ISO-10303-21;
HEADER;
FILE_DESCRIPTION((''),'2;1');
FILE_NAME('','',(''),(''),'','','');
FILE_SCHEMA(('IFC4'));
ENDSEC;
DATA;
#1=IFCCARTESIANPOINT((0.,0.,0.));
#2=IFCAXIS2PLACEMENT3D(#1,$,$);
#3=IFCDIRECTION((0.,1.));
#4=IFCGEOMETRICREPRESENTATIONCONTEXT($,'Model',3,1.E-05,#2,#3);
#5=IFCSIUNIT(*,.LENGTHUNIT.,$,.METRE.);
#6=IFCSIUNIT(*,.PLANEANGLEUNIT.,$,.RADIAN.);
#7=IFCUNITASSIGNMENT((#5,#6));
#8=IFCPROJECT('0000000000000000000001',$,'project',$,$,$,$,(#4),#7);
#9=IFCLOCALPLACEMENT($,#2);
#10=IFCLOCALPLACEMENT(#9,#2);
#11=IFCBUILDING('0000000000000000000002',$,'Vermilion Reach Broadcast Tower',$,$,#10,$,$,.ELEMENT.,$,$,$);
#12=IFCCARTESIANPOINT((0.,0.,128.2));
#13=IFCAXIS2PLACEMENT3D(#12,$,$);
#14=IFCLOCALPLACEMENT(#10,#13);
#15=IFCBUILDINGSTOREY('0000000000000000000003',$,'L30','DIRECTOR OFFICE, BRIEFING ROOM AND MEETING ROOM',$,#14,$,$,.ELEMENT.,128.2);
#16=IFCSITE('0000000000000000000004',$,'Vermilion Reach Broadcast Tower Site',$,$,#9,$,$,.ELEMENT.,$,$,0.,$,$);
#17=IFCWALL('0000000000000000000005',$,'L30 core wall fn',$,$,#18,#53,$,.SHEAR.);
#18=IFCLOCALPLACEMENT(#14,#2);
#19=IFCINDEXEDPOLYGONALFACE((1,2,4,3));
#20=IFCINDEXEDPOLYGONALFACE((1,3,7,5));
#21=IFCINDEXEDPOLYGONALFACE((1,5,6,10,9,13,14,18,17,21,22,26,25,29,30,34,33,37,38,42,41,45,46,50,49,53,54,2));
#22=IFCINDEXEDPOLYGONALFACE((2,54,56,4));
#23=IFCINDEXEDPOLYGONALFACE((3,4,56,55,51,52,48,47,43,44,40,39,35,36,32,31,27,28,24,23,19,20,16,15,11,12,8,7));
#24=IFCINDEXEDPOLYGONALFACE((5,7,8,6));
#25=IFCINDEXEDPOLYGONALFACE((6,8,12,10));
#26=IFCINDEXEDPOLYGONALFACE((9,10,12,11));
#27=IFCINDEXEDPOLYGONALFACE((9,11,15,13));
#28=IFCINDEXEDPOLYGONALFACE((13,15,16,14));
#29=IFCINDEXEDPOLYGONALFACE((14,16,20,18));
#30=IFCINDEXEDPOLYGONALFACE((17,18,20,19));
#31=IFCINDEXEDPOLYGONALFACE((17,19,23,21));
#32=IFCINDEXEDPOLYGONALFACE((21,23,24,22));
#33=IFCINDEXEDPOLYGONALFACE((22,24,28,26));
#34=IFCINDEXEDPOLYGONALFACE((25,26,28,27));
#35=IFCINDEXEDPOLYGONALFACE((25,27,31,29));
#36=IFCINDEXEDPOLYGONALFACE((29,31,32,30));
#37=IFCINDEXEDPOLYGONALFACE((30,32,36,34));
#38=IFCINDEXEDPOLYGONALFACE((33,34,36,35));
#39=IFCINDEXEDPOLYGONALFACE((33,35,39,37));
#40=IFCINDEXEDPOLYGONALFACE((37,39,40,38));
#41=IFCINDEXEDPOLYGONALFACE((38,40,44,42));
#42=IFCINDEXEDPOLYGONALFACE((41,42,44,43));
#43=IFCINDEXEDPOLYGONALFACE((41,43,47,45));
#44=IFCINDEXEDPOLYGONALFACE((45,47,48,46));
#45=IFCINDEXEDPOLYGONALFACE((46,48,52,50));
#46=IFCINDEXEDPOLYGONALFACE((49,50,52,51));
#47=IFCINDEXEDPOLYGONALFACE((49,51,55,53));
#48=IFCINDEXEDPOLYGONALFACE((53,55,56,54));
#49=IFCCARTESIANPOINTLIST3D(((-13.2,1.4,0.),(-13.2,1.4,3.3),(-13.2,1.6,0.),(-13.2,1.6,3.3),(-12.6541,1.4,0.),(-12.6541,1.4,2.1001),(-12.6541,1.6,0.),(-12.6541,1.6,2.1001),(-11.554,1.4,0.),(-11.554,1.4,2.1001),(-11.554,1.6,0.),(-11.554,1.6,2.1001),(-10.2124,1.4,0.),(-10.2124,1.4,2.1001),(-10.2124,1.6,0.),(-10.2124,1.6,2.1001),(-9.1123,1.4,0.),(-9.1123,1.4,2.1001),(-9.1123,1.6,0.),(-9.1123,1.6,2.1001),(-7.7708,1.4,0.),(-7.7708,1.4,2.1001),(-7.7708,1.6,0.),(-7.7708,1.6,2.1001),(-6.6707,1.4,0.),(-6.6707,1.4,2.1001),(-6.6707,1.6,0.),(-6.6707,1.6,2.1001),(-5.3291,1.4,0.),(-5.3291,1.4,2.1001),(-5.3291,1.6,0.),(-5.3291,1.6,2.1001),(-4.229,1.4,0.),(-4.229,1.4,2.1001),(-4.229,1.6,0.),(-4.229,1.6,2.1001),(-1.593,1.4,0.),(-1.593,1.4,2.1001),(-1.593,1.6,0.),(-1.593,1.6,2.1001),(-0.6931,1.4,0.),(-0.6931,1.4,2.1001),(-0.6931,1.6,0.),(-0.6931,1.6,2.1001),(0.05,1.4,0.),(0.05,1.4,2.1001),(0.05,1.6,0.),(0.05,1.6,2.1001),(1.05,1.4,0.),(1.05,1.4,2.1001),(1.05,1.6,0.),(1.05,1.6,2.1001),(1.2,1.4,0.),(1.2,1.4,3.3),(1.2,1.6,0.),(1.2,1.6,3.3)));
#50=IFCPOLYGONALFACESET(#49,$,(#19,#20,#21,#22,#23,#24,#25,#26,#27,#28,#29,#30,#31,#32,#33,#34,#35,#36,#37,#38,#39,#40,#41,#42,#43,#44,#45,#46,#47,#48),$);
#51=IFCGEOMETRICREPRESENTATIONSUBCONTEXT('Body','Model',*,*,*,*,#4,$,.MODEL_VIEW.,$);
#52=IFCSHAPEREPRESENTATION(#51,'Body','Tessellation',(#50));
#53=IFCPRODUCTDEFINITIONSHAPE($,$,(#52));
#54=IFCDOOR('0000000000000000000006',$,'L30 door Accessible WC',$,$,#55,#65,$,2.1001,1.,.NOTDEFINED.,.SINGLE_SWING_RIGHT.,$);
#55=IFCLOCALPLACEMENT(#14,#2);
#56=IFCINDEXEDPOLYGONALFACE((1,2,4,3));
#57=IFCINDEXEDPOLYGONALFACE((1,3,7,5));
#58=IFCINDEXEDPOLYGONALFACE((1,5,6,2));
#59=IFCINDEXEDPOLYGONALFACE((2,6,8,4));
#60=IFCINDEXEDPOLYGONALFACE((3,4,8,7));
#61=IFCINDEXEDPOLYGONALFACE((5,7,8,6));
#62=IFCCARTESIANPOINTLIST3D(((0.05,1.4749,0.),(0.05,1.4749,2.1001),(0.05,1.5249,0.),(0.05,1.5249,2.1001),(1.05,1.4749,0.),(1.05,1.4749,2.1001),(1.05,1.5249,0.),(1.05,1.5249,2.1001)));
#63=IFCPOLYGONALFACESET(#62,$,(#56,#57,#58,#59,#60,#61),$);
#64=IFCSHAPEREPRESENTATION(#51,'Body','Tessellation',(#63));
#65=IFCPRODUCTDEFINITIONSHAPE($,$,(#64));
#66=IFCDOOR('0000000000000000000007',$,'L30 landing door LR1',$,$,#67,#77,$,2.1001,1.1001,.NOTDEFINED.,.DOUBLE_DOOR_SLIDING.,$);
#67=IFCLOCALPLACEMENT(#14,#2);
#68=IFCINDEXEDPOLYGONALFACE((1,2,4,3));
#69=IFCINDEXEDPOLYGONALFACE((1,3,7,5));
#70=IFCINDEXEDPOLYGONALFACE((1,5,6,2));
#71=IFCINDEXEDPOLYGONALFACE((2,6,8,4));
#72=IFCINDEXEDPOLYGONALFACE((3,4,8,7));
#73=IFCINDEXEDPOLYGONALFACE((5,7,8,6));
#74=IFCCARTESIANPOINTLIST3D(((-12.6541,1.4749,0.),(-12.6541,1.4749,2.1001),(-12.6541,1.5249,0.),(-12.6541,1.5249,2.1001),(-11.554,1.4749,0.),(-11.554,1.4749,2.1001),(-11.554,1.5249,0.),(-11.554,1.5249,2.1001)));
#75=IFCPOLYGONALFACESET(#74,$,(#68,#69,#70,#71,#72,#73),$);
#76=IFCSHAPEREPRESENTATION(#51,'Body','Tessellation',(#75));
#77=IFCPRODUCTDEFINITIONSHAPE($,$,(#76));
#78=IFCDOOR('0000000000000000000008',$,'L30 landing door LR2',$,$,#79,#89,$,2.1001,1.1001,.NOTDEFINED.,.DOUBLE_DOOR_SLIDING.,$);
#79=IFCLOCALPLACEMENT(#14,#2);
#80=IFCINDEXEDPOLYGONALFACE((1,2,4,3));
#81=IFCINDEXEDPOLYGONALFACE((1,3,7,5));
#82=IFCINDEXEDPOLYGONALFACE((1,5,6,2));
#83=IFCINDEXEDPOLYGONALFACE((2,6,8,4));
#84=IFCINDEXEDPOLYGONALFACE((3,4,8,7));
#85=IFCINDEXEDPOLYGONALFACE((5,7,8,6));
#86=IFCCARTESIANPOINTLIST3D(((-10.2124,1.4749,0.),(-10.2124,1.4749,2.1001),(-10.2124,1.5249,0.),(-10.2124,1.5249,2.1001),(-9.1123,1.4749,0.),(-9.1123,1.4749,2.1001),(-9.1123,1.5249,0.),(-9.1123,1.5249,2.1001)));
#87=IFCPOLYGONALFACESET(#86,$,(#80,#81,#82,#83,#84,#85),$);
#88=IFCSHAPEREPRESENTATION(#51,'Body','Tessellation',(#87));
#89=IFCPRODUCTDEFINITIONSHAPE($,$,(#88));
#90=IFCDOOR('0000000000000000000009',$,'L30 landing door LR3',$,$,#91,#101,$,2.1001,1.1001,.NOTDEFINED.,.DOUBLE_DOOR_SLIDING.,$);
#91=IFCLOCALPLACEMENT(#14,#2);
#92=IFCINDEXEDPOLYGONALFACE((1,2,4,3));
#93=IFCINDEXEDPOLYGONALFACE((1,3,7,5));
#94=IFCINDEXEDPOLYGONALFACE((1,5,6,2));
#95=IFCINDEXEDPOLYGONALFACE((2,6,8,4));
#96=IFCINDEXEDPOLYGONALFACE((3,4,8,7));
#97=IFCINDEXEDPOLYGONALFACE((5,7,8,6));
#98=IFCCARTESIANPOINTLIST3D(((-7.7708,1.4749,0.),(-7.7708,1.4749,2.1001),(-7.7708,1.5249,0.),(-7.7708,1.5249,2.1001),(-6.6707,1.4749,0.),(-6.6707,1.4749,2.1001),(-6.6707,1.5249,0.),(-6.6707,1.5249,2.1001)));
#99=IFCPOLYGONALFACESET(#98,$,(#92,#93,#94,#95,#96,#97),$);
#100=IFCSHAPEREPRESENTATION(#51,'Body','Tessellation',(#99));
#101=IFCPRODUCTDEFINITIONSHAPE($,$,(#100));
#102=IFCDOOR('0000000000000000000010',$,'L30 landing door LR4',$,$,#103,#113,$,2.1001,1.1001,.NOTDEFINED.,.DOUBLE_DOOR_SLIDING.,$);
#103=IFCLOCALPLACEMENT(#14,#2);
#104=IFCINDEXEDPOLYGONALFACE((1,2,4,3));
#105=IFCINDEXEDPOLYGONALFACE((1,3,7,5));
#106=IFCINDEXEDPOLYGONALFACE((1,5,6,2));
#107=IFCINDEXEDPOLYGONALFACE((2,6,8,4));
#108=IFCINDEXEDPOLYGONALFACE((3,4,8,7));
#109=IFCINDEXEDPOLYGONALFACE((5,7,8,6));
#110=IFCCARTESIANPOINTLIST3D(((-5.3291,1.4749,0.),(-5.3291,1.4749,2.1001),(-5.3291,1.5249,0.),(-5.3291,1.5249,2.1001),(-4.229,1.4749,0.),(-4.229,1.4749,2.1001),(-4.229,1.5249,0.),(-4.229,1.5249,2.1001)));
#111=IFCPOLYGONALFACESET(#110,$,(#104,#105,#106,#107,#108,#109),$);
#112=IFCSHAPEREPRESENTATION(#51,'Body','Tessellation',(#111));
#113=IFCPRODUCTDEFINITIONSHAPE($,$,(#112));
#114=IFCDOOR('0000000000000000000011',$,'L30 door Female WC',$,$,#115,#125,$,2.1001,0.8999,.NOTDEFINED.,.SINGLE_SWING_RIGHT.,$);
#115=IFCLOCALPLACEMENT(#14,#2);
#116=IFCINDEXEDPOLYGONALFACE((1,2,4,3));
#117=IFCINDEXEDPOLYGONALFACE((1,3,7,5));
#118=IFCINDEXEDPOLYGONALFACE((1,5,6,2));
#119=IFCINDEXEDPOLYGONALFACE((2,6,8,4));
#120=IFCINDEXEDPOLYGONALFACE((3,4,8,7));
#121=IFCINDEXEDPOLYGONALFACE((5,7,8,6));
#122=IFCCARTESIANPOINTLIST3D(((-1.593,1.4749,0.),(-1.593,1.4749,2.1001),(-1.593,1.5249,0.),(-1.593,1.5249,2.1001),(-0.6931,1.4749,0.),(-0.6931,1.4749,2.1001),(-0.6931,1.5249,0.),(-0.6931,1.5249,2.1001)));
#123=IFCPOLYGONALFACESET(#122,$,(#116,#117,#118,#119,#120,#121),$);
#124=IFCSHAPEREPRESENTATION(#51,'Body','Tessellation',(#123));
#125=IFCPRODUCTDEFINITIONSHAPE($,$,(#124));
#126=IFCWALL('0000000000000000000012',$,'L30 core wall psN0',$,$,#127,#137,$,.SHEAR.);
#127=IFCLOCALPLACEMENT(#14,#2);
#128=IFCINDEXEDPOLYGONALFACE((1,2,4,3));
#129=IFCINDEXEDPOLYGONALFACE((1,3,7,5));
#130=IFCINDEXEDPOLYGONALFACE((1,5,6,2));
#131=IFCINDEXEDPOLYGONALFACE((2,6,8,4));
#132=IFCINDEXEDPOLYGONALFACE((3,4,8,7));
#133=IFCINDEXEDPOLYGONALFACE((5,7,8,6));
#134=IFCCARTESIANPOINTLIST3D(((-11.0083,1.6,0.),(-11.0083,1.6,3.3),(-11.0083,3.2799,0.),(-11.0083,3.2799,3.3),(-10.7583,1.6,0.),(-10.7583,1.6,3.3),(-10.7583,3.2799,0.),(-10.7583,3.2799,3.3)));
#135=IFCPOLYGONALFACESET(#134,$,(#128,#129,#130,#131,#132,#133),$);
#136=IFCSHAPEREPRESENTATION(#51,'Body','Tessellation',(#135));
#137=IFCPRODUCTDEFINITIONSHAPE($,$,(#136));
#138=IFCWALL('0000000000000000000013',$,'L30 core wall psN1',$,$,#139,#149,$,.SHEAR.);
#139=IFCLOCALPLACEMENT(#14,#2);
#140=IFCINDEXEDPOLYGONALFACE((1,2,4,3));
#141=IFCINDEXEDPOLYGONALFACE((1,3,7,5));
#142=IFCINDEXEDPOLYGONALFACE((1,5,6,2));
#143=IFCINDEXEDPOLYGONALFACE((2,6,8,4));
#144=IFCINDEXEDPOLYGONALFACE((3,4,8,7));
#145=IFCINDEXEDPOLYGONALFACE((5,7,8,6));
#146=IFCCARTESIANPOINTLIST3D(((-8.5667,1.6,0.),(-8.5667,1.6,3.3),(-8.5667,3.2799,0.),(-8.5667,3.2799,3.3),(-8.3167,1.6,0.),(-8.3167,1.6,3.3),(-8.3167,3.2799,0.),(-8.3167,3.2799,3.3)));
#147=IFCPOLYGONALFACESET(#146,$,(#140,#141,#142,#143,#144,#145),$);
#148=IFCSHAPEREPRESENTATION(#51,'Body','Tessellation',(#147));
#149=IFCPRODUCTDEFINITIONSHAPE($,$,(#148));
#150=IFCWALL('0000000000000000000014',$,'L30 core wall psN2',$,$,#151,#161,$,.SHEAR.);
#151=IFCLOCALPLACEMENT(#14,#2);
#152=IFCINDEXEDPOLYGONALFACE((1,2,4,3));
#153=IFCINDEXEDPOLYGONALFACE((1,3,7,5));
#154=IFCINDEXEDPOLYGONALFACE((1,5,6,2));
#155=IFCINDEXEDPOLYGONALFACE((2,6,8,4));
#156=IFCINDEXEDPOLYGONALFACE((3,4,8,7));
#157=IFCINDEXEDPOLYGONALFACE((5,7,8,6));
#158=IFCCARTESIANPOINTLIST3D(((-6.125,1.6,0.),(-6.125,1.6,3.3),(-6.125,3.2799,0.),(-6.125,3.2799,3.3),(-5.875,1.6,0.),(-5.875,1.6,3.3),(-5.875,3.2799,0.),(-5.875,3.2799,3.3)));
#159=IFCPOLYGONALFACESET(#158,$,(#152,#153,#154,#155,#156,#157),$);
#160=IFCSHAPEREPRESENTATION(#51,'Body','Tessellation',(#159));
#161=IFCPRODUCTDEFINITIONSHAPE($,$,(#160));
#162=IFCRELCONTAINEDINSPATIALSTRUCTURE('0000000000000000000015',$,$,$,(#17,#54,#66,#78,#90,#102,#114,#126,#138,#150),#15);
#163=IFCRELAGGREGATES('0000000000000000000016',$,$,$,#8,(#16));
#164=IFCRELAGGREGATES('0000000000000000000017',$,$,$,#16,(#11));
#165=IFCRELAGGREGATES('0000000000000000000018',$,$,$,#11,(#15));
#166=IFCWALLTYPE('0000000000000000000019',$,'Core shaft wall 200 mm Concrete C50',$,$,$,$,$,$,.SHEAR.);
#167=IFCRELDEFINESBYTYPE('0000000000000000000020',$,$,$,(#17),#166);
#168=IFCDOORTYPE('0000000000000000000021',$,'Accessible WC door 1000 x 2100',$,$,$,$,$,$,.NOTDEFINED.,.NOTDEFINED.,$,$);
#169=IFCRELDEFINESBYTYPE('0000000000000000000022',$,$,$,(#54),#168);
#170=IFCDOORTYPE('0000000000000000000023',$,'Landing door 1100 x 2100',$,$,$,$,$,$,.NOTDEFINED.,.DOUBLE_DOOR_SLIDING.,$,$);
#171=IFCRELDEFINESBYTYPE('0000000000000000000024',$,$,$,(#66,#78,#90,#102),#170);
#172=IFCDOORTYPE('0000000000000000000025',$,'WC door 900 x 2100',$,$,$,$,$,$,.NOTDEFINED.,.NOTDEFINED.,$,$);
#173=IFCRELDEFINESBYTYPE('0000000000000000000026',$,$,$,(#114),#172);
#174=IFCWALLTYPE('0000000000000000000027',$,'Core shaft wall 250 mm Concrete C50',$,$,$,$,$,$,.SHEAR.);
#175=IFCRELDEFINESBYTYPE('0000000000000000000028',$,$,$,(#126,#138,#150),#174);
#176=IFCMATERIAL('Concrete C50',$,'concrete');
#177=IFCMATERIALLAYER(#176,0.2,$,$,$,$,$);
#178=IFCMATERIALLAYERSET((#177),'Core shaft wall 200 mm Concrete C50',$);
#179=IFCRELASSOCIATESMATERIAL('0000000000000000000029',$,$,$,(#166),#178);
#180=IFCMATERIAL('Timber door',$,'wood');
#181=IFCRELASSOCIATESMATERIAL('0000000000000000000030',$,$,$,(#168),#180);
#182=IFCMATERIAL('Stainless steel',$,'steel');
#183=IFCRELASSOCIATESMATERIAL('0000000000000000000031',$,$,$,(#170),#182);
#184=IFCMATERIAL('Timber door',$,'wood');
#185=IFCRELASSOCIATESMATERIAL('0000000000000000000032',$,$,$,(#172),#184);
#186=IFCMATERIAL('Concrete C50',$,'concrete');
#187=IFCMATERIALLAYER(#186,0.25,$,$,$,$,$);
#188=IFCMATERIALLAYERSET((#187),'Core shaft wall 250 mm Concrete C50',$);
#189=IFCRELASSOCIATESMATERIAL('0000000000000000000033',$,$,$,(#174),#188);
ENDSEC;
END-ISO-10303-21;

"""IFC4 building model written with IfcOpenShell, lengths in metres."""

from ifc_helpers import new_model, si_unit, direction, frame, frame_2d, origin, place, context, subcontext, project, spatial, rectangle, extrude, material, layer, layer_set, type_object, element, fill, save


model = new_model("IFC4")

# Units and contexts
model_context = context("Model", 3, precision=1e-05, world=origin(), true_north=direction((0.0, 1.0)))
body_context = subcontext(model_context, "Body", "Model", "MODEL_VIEW")
ifc_project = project(units=[si_unit("LENGTHUNIT", "METRE"), si_unit("PLANEANGLEUNIT", "RADIAN")], contexts=[model_context])

# Site, building, storey
site_placement = place(None, origin())
site = spatial("IfcSite", under=ifc_project, at=site_placement, Name="Vermilion Reach Broadcast Tower Site", CompositionType="ELEMENT", RefElevation=0.0)
building_placement = place(site_placement, origin())
building = spatial("IfcBuilding", under=site, at=building_placement, Name="Vermilion Reach Broadcast Tower", CompositionType="ELEMENT")
storey_placement = place(building_placement, frame((0.0, 0.0, 128.2)))
storey = spatial("IfcBuildingStorey", under=building, at=storey_placement, Name="L30", Description="DIRECTOR OFFICE, BRIEFING ROOM AND MEETING ROOM", CompositionType="ELEMENT", Elevation=128.2)

# Wall, openings, doors
ifc_material_1 = material(Name="Concrete C50", Category="concrete")
ifc_layer_1 = layer(ifc_material_1, 0.2)
ifc_layer_set_1 = layer_set([ifc_layer_1], Name="Core shaft wall 200 mm Concrete C50")
wall_type_1 = type_object("IfcWallType", Name="Core shaft wall 200 mm Concrete C50", PredefinedType="SHEAR", material=ifc_layer_set_1)
wall_1_placement = place(storey_placement, frame((-13.2, 1.5, 0.0), z_axis=(0.0, 0.0, 1.0), x_axis=(1.0, 0.0, 0.0)))
wall_1 = element("IfcWall", 1, at=wall_1_placement, inside=storey, type_object=wall_type_1, Name="L30 core wall fn", PredefinedType="SHEAR", context=body_context, shape_type="SweptSolid", body=[
    extrude(rectangle(XDim=14.3999, YDim=0.2, at=frame_2d((7.2, 0.0))), origin(), (0.0, 0.0, 1.0), 3.3),
])
opening_1_placement = place(wall_1_placement, frame((0.5459, 0.0, 0.0)))
opening_1 = element("IfcOpeningElement", 2, at=opening_1_placement, cuts=wall_1, PredefinedType="OPENING", context=body_context, shape_type="SweptSolid", body=[
    extrude(rectangle(XDim=1.1001, YDim=2.1001, at=frame_2d((0.55, 1.05))), frame((0.0, 0.1099, 0.0), z_axis=(0.0, -1.0, 0.0), x_axis=(1.0, 0.0, 0.0)), (0.0, 0.0, 1.0), 0.22),
])
opening_2_placement = place(wall_1_placement, frame((2.9875, 0.0, 0.0)))
opening_2 = element("IfcOpeningElement", 3, at=opening_2_placement, cuts=wall_1, PredefinedType="OPENING", context=body_context, shape_type="SweptSolid", body=[
    extrude(rectangle(XDim=1.1001, YDim=2.1001, at=frame_2d((0.55, 1.05))), frame((0.0, 0.1099, 0.0), z_axis=(0.0, -1.0, 0.0), x_axis=(1.0, 0.0, 0.0)), (0.0, 0.0, 1.0), 0.22),
])
opening_3_placement = place(wall_1_placement, frame((5.4292, 0.0, 0.0)))
opening_3 = element("IfcOpeningElement", 4, at=opening_3_placement, cuts=wall_1, PredefinedType="OPENING", context=body_context, shape_type="SweptSolid", body=[
    extrude(rectangle(XDim=1.1001, YDim=2.1001, at=frame_2d((0.55, 1.05))), frame((0.0, 0.1099, 0.0), z_axis=(0.0, -1.0, 0.0), x_axis=(1.0, 0.0, 0.0)), (0.0, 0.0, 1.0), 0.22),
])
opening_4_placement = place(wall_1_placement, frame((7.8708, 0.0, 0.0)))
opening_4 = element("IfcOpeningElement", 5, at=opening_4_placement, cuts=wall_1, PredefinedType="OPENING", context=body_context, shape_type="SweptSolid", body=[
    extrude(rectangle(XDim=1.1001, YDim=2.1001, at=frame_2d((0.55, 1.05))), frame((0.0, 0.1099, 0.0), z_axis=(0.0, -1.0, 0.0), x_axis=(1.0, 0.0, 0.0)), (0.0, 0.0, 1.0), 0.22),
])
opening_5_placement = place(wall_1_placement, frame((11.6069, 0.0, 0.0)))
opening_5 = element("IfcOpeningElement", 6, at=opening_5_placement, cuts=wall_1, PredefinedType="OPENING", context=body_context, shape_type="SweptSolid", body=[
    extrude(rectangle(XDim=0.8999, YDim=2.1001, at=frame_2d((0.45, 1.05))), frame((0.0, 0.1099, 0.0), z_axis=(0.0, -1.0, 0.0), x_axis=(1.0, 0.0, 0.0)), (0.0, 0.0, 1.0), 0.22),
])
opening_6_placement = place(wall_1_placement, frame((13.25, 0.0, 0.0)))
opening_6 = element("IfcOpeningElement", 7, at=opening_6_placement, cuts=wall_1, PredefinedType="OPENING", context=body_context, shape_type="SweptSolid", body=[
    extrude(rectangle(XDim=1.0, YDim=2.1001, at=frame_2d((0.5, 1.05))), frame((0.0, 0.1099, 0.0), z_axis=(0.0, -1.0, 0.0), x_axis=(1.0, 0.0, 0.0)), (0.0, 0.0, 1.0), 0.22),
])
ifc_material_2 = material(Name="Timber door", Category="wood")
door_type_1 = type_object("IfcDoorType", Name="Accessible WC door 1000 x 2100", OperationType="NOTDEFINED", PredefinedType="NOTDEFINED", material=ifc_material_2)
door_1_placement = place(opening_6_placement, origin())
door_1 = element("IfcDoor", 8, at=door_1_placement, inside=storey, type_object=door_type_1, Name="L30 door Accessible WC", OperationType="SINGLE_SWING_RIGHT", OverallHeight=2.1001, OverallWidth=1.0, PredefinedType="NOTDEFINED", context=body_context, shape_type="SweptSolid", body=[
    extrude(rectangle(XDim=1.0, YDim=2.1001, at=frame_2d((0.5, 1.05))), frame((0.0, 0.0249, 0.0), z_axis=(0.0, -1.0, 0.0), x_axis=(1.0, 0.0, 0.0)), (0.0, 0.0, 1.0), 0.05),
])
fill(opening_6, door_1)
ifc_material_3 = material(Name="Stainless steel", Category="steel")
door_type_2 = type_object("IfcDoorType", Name="Landing door 1100 x 2100", OperationType="DOUBLE_DOOR_SLIDING", PredefinedType="NOTDEFINED", material=ifc_material_3)
door_2_placement = place(opening_1_placement, origin())
door_2 = element("IfcDoor", 9, at=door_2_placement, inside=storey, type_object=door_type_2, Name="L30 landing door LR1", OperationType="DOUBLE_DOOR_SLIDING", OverallHeight=2.1001, OverallWidth=1.1001, PredefinedType="NOTDEFINED", context=body_context, shape_type="SweptSolid", body=[
    extrude(rectangle(XDim=1.1001, YDim=2.1001, at=frame_2d((0.55, 1.05))), frame((0.0, 0.0249, 0.0), z_axis=(0.0, -1.0, 0.0), x_axis=(1.0, 0.0, 0.0)), (0.0, 0.0, 1.0), 0.05),
])
fill(opening_1, door_2)
door_3_placement = place(opening_2_placement, origin())
door_3 = element("IfcDoor", 10, at=door_3_placement, inside=storey, type_object=door_type_2, Name="L30 landing door LR2", OperationType="DOUBLE_DOOR_SLIDING", OverallHeight=2.1001, OverallWidth=1.1001, PredefinedType="NOTDEFINED", context=body_context, shape_type="SweptSolid", body=[
    extrude(rectangle(XDim=1.1001, YDim=2.1001, at=frame_2d((0.55, 1.05))), frame((0.0, 0.0249, 0.0), z_axis=(0.0, -1.0, 0.0), x_axis=(1.0, 0.0, 0.0)), (0.0, 0.0, 1.0), 0.05),
])
fill(opening_2, door_3)
door_4_placement = place(opening_3_placement, origin())
door_4 = element("IfcDoor", 11, at=door_4_placement, inside=storey, type_object=door_type_2, Name="L30 landing door LR3", OperationType="DOUBLE_DOOR_SLIDING", OverallHeight=2.1001, OverallWidth=1.1001, PredefinedType="NOTDEFINED", context=body_context, shape_type="SweptSolid", body=[
    extrude(rectangle(XDim=1.1001, YDim=2.1001, at=frame_2d((0.55, 1.05))), frame((0.0, 0.0249, 0.0), z_axis=(0.0, -1.0, 0.0), x_axis=(1.0, 0.0, 0.0)), (0.0, 0.0, 1.0), 0.05),
])
fill(opening_3, door_4)
door_5_placement = place(opening_4_placement, origin())
door_5 = element("IfcDoor", 12, at=door_5_placement, inside=storey, type_object=door_type_2, Name="L30 landing door LR4", OperationType="DOUBLE_DOOR_SLIDING", OverallHeight=2.1001, OverallWidth=1.1001, PredefinedType="NOTDEFINED", context=body_context, shape_type="SweptSolid", body=[
    extrude(rectangle(XDim=1.1001, YDim=2.1001, at=frame_2d((0.55, 1.05))), frame((0.0, 0.0249, 0.0), z_axis=(0.0, -1.0, 0.0), x_axis=(1.0, 0.0, 0.0)), (0.0, 0.0, 1.0), 0.05),
])
fill(opening_4, door_5)
ifc_material_4 = material(Name="Timber door", Category="wood")
door_type_3 = type_object("IfcDoorType", Name="WC door 900 x 2100", OperationType="NOTDEFINED", PredefinedType="NOTDEFINED", material=ifc_material_4)
door_6_placement = place(opening_5_placement, origin())
door_6 = element("IfcDoor", 13, at=door_6_placement, inside=storey, type_object=door_type_3, Name="L30 door Female WC", OperationType="SINGLE_SWING_RIGHT", OverallHeight=2.1001, OverallWidth=0.8999, PredefinedType="NOTDEFINED", context=body_context, shape_type="SweptSolid", body=[
    extrude(rectangle(XDim=0.8999, YDim=2.1001, at=frame_2d((0.45, 1.05))), frame((0.0, 0.0249, 0.0), z_axis=(0.0, -1.0, 0.0), x_axis=(1.0, 0.0, 0.0)), (0.0, 0.0, 1.0), 0.05),
])
fill(opening_5, door_6)

# Walls
ifc_material_5 = material(Name="Concrete C50", Category="concrete")
ifc_layer_2 = layer(ifc_material_5, 0.25)
ifc_layer_set_2 = layer_set([ifc_layer_2], Name="Core shaft wall 250 mm Concrete C50")
wall_type_2 = type_object("IfcWallType", Name="Core shaft wall 250 mm Concrete C50", PredefinedType="SHEAR", material=ifc_layer_set_2)
for number, where, z_axis, x_axis, name in (
    (14, (-10.8833, 1.6001, 0.0), (0.0, 0.0, 1.0), (0.0, 1.0, 0.0), "L30 core wall psN0"),
    (15, (-8.4417, 1.6001, 0.0), (0.0, 0.0, 1.0), (0.0, 1.0, 0.0), "L30 core wall psN1"),
    (16, (-6.0, 1.6001, 0.0), (0.0, 0.0, 1.0), (0.0, 1.0, 0.0), "L30 core wall psN2"),
):
    element("IfcWall", number, at=place(storey_placement, frame(where, z_axis=z_axis, x_axis=x_axis)), inside=storey, type_object=wall_type_2, Name=name, PredefinedType="SHEAR", context=body_context, shape_type="SweptSolid", body=[
        extrude(rectangle(XDim=1.6799, YDim=0.25, at=frame_2d((0.8398, 0.0))), origin(), (0.0, 0.0, 1.0), 3.3),
    ])

save(model, "model.ifc")
